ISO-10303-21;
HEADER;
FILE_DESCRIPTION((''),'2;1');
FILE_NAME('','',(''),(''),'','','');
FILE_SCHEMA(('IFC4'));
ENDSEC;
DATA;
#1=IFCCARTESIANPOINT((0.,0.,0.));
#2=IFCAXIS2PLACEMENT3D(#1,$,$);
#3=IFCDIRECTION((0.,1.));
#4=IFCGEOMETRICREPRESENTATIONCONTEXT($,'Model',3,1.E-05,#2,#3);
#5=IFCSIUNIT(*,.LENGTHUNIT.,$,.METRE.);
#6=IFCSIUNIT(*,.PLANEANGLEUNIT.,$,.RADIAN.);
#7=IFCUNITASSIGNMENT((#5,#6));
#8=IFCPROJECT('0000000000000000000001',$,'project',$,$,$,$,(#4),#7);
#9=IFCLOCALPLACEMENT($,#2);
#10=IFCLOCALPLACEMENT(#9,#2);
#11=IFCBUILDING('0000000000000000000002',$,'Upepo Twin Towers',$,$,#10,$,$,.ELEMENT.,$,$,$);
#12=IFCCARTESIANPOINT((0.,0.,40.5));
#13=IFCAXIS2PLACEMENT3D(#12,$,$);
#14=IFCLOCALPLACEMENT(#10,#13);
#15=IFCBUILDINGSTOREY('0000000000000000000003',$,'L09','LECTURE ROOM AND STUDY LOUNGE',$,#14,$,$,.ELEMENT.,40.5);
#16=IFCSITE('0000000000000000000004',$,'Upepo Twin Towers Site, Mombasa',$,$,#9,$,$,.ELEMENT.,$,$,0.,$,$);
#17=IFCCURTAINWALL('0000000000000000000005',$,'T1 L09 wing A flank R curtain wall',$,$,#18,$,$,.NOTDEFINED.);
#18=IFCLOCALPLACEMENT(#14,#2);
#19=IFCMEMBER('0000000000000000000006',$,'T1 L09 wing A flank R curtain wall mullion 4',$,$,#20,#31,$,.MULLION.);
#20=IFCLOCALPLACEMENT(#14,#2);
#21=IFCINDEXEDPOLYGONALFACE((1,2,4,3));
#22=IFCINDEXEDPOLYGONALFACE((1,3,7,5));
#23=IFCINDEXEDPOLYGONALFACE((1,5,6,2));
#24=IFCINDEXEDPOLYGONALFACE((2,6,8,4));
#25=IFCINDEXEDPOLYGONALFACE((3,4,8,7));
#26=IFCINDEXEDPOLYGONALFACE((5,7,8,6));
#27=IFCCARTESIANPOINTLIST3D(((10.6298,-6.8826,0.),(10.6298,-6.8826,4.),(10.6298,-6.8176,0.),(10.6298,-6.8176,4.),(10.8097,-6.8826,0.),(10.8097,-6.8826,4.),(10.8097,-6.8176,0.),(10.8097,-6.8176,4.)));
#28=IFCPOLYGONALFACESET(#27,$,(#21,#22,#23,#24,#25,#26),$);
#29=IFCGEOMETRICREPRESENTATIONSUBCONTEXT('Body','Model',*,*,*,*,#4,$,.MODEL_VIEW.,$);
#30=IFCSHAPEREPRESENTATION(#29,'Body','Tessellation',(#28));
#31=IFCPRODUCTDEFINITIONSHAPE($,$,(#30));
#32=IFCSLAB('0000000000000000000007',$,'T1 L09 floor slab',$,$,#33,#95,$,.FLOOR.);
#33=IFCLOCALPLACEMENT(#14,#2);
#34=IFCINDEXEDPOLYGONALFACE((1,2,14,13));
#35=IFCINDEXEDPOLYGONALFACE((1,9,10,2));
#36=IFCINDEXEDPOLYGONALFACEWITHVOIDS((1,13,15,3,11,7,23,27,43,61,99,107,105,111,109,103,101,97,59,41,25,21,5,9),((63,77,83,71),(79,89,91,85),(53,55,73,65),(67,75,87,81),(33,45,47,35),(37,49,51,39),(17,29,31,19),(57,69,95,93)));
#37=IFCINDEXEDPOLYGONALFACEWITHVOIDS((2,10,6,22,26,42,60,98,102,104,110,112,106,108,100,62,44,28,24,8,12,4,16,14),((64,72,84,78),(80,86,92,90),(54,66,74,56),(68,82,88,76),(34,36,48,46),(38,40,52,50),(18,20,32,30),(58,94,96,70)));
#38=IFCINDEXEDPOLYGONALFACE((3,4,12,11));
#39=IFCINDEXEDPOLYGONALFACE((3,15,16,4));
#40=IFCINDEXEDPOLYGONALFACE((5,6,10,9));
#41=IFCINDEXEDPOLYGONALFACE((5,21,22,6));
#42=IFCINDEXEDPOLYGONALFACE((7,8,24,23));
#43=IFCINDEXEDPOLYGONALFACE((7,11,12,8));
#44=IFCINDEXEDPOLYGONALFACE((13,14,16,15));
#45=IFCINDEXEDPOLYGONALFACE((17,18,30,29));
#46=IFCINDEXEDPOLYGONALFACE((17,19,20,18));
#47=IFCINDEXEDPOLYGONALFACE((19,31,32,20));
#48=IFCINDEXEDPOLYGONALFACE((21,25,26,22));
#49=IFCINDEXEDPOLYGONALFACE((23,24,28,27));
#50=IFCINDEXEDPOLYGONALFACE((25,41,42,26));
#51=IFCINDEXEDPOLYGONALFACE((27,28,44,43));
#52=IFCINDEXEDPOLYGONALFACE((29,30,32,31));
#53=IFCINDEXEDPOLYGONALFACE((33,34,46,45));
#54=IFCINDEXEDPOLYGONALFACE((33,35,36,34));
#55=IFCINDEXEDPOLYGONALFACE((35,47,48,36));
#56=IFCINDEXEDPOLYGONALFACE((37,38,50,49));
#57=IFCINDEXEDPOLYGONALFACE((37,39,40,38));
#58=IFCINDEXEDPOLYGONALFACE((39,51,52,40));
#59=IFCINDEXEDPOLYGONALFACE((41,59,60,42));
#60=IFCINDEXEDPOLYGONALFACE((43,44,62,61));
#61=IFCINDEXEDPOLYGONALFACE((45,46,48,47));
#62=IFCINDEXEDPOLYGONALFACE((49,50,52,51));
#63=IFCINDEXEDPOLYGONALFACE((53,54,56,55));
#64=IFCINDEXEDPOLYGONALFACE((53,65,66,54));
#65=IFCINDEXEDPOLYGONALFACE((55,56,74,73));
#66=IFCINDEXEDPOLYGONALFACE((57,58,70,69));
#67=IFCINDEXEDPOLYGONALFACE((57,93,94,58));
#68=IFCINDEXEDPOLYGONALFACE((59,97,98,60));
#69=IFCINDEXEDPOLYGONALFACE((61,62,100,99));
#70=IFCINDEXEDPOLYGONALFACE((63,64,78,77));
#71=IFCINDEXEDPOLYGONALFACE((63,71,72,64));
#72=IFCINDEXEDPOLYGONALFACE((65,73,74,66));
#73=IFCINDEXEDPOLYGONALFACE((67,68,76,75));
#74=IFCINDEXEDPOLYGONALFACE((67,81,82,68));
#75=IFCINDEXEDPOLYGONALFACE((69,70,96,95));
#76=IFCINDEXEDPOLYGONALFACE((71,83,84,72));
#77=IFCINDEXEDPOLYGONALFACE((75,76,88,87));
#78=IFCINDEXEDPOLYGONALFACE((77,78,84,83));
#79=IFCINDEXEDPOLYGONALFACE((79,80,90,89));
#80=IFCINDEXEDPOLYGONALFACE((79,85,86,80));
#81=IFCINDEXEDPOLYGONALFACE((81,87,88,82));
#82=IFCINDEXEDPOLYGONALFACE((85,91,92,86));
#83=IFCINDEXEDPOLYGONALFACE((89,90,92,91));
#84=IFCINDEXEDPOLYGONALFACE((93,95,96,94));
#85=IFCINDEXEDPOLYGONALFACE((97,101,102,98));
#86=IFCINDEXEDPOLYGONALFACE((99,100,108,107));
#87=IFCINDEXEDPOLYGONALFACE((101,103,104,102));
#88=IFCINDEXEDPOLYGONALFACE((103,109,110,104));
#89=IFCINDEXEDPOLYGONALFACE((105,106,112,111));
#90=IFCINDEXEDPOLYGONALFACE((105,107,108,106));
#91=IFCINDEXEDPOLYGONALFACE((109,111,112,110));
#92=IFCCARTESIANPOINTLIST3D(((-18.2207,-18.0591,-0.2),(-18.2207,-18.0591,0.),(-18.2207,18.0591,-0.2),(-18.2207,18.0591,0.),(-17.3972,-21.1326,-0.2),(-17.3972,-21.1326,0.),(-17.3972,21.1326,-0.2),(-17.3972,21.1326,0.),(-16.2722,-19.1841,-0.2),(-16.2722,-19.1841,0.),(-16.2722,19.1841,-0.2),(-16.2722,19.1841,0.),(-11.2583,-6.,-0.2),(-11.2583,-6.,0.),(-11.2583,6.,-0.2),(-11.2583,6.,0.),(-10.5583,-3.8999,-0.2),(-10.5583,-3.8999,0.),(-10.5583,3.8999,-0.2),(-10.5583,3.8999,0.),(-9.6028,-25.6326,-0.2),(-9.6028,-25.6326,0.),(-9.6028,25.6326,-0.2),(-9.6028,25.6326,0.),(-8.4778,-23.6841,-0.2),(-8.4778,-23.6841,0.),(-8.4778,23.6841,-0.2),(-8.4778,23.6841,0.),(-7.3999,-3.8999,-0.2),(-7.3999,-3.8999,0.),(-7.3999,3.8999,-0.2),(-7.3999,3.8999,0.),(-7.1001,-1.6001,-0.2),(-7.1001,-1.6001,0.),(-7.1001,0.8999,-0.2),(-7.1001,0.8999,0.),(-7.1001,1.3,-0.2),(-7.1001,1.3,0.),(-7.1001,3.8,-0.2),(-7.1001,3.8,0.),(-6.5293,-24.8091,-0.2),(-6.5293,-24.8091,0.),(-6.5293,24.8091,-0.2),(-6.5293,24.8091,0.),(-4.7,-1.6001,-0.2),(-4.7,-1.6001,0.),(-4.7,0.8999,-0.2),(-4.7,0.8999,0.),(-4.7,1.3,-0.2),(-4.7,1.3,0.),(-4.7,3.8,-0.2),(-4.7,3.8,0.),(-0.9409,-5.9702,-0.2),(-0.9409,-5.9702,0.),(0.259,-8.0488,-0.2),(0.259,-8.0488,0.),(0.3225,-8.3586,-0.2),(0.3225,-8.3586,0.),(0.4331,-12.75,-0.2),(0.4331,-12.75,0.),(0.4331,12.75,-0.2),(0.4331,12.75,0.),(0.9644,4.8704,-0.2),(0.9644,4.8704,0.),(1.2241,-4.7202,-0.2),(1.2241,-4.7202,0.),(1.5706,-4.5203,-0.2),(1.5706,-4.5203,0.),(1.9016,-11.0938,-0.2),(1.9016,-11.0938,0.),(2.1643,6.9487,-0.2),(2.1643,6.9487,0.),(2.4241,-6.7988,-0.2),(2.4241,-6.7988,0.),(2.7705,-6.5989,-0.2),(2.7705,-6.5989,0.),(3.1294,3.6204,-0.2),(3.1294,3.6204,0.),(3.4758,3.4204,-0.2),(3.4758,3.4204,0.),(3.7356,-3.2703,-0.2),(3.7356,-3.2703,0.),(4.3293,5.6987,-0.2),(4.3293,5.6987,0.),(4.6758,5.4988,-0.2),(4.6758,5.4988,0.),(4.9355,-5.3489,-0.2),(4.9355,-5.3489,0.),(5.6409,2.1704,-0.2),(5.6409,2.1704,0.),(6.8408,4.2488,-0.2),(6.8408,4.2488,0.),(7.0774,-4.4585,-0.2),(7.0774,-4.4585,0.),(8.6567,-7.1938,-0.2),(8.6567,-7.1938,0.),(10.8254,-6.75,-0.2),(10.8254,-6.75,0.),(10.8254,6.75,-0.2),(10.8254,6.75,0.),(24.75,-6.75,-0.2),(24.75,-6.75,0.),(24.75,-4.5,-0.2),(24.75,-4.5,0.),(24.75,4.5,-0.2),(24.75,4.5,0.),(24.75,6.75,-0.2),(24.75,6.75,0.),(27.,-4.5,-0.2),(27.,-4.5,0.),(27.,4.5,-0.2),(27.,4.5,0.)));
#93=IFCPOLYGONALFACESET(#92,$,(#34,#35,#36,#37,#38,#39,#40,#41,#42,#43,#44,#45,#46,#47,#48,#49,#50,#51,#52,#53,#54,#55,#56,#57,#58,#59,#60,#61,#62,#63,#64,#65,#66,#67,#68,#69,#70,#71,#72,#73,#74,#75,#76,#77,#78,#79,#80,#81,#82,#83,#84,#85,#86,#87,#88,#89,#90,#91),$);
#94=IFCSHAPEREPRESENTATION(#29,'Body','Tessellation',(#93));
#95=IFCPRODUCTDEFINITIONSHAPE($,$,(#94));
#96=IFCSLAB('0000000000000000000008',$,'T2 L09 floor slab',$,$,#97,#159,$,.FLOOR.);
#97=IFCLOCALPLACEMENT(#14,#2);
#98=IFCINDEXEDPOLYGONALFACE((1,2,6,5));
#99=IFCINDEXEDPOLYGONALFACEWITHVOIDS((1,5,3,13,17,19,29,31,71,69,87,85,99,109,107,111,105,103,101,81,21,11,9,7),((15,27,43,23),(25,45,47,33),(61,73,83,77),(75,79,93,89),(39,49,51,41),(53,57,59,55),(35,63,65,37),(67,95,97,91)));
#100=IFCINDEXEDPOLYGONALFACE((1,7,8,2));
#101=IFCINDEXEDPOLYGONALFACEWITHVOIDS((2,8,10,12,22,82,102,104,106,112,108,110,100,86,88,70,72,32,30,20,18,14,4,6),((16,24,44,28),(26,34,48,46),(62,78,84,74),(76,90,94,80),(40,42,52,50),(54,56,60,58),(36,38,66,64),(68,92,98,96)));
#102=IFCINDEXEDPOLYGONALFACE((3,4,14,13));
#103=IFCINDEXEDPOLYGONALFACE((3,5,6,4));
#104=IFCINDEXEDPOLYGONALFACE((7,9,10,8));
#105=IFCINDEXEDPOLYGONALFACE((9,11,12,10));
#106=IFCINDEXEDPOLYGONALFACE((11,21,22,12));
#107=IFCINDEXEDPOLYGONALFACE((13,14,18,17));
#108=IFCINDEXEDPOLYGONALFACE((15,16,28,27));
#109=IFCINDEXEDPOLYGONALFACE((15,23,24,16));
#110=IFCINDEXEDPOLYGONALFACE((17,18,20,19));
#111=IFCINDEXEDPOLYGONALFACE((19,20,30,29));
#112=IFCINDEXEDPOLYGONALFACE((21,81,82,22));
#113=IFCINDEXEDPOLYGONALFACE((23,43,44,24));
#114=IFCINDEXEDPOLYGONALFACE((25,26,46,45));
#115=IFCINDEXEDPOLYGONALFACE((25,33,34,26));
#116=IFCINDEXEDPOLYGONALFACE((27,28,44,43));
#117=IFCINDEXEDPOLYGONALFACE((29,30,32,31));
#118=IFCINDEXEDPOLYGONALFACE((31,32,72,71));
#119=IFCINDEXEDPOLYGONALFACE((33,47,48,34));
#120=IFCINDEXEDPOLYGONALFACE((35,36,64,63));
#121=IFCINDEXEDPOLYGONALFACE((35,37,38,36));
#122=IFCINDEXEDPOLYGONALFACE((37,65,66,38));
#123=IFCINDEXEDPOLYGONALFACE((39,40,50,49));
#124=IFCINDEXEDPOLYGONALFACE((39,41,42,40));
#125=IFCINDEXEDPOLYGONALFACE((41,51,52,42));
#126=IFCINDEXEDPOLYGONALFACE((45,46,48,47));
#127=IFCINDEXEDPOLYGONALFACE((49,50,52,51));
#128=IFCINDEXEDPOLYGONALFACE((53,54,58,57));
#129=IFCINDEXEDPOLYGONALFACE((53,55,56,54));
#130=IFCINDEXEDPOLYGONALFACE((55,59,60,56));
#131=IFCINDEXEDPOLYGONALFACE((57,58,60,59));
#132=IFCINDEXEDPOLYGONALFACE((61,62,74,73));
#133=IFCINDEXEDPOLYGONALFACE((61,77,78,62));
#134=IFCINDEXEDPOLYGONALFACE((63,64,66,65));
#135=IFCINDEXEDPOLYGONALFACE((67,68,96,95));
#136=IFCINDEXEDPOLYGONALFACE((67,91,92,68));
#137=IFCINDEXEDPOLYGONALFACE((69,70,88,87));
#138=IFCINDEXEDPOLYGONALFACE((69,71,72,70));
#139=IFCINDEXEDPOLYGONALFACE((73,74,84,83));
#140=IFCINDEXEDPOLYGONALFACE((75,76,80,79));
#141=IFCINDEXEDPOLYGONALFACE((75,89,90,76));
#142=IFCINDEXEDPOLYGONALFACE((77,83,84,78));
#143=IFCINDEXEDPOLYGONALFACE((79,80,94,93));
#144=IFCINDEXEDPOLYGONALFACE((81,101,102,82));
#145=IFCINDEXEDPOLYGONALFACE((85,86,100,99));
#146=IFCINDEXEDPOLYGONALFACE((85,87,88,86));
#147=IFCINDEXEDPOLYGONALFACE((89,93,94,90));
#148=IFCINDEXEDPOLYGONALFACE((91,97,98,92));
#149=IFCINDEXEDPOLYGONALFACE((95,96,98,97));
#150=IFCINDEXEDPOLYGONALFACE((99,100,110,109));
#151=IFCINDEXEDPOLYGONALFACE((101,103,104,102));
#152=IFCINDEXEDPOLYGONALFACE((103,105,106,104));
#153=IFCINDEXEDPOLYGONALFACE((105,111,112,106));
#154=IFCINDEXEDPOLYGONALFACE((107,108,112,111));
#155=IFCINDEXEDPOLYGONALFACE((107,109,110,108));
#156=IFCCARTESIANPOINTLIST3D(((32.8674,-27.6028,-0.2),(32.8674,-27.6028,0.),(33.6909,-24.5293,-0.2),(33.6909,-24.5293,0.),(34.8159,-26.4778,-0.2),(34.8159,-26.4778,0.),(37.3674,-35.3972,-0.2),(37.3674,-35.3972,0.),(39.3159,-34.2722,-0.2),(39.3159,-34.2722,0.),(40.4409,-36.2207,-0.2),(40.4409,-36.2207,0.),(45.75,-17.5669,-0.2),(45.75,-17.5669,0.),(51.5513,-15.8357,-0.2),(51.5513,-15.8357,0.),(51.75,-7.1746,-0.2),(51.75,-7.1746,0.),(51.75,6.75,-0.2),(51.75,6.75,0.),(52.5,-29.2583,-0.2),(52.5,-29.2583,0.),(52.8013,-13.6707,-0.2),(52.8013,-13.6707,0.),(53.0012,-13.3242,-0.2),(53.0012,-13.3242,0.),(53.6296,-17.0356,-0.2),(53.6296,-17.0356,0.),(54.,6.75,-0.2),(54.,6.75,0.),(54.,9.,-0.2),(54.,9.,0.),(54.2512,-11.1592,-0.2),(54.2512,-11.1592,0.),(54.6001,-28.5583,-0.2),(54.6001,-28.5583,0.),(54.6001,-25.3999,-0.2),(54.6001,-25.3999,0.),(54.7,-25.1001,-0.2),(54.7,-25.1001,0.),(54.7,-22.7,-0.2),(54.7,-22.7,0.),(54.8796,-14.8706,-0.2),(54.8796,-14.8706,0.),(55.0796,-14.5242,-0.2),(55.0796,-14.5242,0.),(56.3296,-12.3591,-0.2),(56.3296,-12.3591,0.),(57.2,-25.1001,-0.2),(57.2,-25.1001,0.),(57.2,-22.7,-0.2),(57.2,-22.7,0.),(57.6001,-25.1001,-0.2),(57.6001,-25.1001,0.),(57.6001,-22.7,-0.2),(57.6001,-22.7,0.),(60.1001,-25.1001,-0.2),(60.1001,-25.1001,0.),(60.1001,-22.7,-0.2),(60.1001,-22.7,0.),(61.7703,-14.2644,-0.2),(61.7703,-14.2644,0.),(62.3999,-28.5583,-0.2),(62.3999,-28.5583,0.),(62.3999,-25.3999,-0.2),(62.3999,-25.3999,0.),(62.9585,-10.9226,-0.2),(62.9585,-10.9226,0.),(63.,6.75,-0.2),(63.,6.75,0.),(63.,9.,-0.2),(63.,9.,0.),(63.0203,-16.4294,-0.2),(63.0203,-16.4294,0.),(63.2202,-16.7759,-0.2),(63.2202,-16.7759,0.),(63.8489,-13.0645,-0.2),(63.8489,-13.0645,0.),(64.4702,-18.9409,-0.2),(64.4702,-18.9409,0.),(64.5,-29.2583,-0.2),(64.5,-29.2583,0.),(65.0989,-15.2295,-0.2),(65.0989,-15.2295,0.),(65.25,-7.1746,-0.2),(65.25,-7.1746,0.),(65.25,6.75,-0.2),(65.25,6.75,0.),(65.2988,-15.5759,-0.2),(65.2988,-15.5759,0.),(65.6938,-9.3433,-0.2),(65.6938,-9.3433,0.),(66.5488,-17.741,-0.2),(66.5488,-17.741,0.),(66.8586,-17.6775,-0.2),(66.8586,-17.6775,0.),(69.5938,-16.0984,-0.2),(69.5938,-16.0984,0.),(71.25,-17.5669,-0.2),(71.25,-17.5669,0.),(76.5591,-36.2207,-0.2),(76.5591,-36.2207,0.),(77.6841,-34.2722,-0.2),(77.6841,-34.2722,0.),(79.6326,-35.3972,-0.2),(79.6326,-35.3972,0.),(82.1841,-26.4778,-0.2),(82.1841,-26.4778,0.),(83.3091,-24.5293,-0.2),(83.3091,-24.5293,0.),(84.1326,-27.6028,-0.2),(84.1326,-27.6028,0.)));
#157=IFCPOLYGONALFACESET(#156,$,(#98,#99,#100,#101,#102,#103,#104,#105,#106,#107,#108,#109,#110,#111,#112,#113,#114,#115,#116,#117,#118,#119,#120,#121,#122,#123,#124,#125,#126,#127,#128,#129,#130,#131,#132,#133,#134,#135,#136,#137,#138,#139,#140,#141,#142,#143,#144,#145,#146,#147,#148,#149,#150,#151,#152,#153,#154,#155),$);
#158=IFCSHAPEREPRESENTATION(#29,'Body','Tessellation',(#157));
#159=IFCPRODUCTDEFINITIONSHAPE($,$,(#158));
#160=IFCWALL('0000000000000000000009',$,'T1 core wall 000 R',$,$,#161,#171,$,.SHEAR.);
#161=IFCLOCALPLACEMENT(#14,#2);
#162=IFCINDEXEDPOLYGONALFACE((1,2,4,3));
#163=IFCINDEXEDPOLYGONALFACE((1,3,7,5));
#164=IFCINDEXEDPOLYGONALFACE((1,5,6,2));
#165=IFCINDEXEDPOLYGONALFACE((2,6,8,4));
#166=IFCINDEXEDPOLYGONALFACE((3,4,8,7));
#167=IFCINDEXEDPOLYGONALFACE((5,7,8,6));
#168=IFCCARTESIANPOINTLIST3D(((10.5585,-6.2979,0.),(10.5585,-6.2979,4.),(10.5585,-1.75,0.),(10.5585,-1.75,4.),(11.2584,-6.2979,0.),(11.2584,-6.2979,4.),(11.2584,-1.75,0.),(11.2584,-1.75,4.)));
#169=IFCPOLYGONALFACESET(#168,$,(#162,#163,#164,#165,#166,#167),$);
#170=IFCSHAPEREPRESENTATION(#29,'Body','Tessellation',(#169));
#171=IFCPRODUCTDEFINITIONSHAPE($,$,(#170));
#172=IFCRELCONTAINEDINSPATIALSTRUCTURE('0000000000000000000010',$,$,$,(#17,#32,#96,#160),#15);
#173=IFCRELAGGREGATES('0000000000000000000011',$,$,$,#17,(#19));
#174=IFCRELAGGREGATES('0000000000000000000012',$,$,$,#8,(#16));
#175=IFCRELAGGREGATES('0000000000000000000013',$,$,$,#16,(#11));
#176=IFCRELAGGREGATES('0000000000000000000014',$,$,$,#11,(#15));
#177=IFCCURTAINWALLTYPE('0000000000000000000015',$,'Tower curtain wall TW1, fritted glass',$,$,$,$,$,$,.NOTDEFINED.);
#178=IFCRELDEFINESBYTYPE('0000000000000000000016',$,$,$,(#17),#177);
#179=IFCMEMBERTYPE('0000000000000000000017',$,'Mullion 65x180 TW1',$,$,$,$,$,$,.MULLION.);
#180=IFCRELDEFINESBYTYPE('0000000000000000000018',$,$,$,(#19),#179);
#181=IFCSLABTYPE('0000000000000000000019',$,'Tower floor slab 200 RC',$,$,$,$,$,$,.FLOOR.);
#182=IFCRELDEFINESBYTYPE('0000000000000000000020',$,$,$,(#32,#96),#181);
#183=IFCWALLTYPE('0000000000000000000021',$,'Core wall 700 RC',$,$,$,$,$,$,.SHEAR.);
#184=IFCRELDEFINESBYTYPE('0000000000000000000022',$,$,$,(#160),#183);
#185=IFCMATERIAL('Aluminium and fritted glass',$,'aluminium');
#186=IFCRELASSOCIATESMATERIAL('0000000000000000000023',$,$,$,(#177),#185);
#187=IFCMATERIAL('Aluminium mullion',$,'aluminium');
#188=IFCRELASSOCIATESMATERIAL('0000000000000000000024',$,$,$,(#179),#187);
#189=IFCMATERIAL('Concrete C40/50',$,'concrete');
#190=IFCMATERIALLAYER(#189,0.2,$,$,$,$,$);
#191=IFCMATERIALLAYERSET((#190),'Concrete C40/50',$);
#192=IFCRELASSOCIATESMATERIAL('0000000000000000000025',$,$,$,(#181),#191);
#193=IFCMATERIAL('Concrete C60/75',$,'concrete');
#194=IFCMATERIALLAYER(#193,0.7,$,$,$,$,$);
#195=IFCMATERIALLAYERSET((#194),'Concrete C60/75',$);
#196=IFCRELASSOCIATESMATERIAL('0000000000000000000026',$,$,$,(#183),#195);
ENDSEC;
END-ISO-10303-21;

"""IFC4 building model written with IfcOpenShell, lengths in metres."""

from ifc_helpers import new_model, si_unit, direction, frame, frame_2d, origin, origin_2d, place, context, subcontext, project, spatial, polyline, rectangle, outline, extrude, material, layer, layer_set, material_profile, profile_set, type_object, element, aggregate, save


model = new_model("IFC4")

# Units and contexts
model_context = context("Model", 3, precision=1e-05, world=origin(), true_north=direction((0.0, 1.0)))
body_context = subcontext(model_context, "Body", "Model", "MODEL_VIEW")
ifc_project = project(units=[si_unit("LENGTHUNIT", "METRE"), si_unit("PLANEANGLEUNIT", "RADIAN")], contexts=[model_context])

# Site, building, storey
site_placement = place(None, origin())
site = spatial("IfcSite", under=ifc_project, at=site_placement, Name="Upepo Twin Towers Site, Mombasa", CompositionType="ELEMENT", RefElevation=0.0)
building_placement = place(site_placement, origin())
building = spatial("IfcBuilding", under=site, at=building_placement, Name="Upepo Twin Towers", CompositionType="ELEMENT")
storey_placement = place(building_placement, frame((0.0, 0.0, 40.5)))
storey = spatial("IfcBuildingStorey", under=building, at=storey_placement, Name="L09", Description="LECTURE ROOM AND STUDY LOUNGE", CompositionType="ELEMENT", Elevation=40.5)

# Curtain wall, member
ifc_material_1 = material(Name="Aluminium and fritted glass", Category="aluminium")
curtain_wall_type = type_object("IfcCurtainWallType", Name="Tower curtain wall TW1, fritted glass", PredefinedType="NOTDEFINED", material=ifc_material_1)
curtain_wall_placement = place(storey_placement, origin())
curtain_wall = element("IfcCurtainWall", 1, at=curtain_wall_placement, inside=storey, type_object=curtain_wall_type, Name="T1 L09 wing A flank R curtain wall", PredefinedType="NOTDEFINED")
ifc_material_2 = material(Name="Aluminium mullion", Category="aluminium")
ifc_material_profile = material_profile(ifc_material_2, rectangle(XDim=0.0649, YDim=0.1799, at=origin_2d()), Name="MULLION 65x180")
ifc_profile_set = profile_set([ifc_material_profile], Name="Aluminium mullion")
member_type = type_object("IfcMemberType", Name="Mullion 65x180 TW1", PredefinedType="MULLION", material=ifc_profile_set)
member_placement = place(storey_placement, frame((10.7197, -6.8501, 0.0), z_axis=(0.0, 0.0, 1.0), x_axis=(0.0, -1.0, 0.0)))
member = element("IfcMember", 2, at=member_placement, type_object=member_type, Name="T1 L09 wing A flank R curtain wall mullion 4", PredefinedType="MULLION", context=body_context, shape_type="SweptSolid", body=[
    extrude(rectangle(XDim=0.0649, YDim=0.1799, at=origin_2d()), origin(), (0.0, 0.0, 1.0), 4.0),
])
aggregate(curtain_wall, [member])

# Slabs
ifc_material_3 = material(Name="Concrete C40/50", Category="concrete")
ifc_layer_1 = layer(ifc_material_3, 0.2)
ifc_layer_set_1 = layer_set([ifc_layer_1], Name="Concrete C40/50")
slab_type = type_object("IfcSlabType", Name="Tower floor slab 200 RC", PredefinedType="FLOOR", material=ifc_layer_set_1)
slab_1_placement = place(storey_placement, frame((0.0, 0.0, -0.2)))
element("IfcSlab", 3, at=slab_1_placement, inside=storey, type_object=slab_type, Name="T1 L09 floor slab", PredefinedType="FLOOR", context=body_context, shape_type="SweptSolid", body=[
    extrude(outline(polyline([(-8.4778, -23.6841), (-9.6028, -25.6326), (-17.3972, -21.1326), (-16.2722, -19.1841), (-18.2207, -18.0591), (-11.2583, -6.0), (-11.2583, 6.0), (-18.2207, 18.0591), (-16.2722, 19.1841), (-17.3972, 21.1326), (-9.6028, 25.6326), (-8.4778, 23.6841), (-6.5293, 24.8091), (0.4331, 12.75), (10.8254, 6.75), (24.75, 6.75), (24.75, 4.5), (27.0, 4.5), (27.0, -4.5), (24.75, -4.5), (24.75, -6.75), (10.8254, -6.75), (0.4331, -12.75), (-6.5293, -24.8091), (-8.4778, -23.6841)]), holes=[polyline([(5.6409, 2.1704), (6.8408, 4.2488), (4.6758, 5.4988), (3.4758, 3.4204), (5.6409, 2.1704)]), polyline([(3.1294, 3.6204), (4.3293, 5.6987), (2.1643, 6.9487), (0.9644, 4.8704), (3.1294, 3.6204)]), polyline([(-4.7, 3.8), (-7.1001, 3.8), (-7.1001, 1.3), (-4.7, 1.3), (-4.7, 3.8)]), polyline([(-4.7, 0.8999), (-7.1001, 0.8999), (-7.1001, -1.6001), (-4.7, -1.6001), (-4.7, 0.8999)]), polyline([(-7.3999, 3.8999), (-10.5583, 3.8999), (-10.5583, -3.8999), (-7.3999, -3.8999), (-7.3999, 3.8999)]), polyline([(-0.9409, -5.9702), (0.259, -8.0488), (2.4241, -6.7988), (1.2241, -4.7202), (-0.9409, -5.9702)]), polyline([(1.5706, -4.5203), (2.7705, -6.5989), (4.9355, -5.3489), (3.7356, -3.2703), (1.5706, -4.5203)]), polyline([(0.3225, -8.3586), (1.9016, -11.0938), (8.6567, -7.1938), (7.0774, -4.4585), (0.3225, -8.3586)])]), origin(), (0.0, 0.0, 1.0), 0.2),
])
slab_2_placement = place(storey_placement, frame((0.0, 0.0, -0.2)))
element("IfcSlab", 4, at=slab_2_placement, inside=storey, type_object=slab_type, Name="T2 L09 floor slab", PredefinedType="FLOOR", context=body_context, shape_type="SweptSolid", body=[
    extrude(outline(polyline([(82.1841, -26.4778), (84.1326, -27.6028), (79.6326, -35.3972), (77.6841, -34.2722), (76.5591, -36.2207), (64.5, -29.2583), (52.5, -29.2583), (40.4409, -36.2207), (39.3159, -34.2722), (37.3674, -35.3972), (32.8674, -27.6028), (34.8159, -26.4778), (33.6909, -24.5293), (45.75, -17.5669), (51.75, -7.1746), (51.75, 6.75), (54.0, 6.75), (54.0, 9.0), (63.0, 9.0), (63.0, 6.75), (65.25, 6.75), (65.25, -7.1746), (71.25, -17.5669), (83.3091, -24.5293), (82.1841, -26.4778)]), holes=[polyline([(56.3296, -12.3591), (54.2512, -11.1592), (53.0012, -13.3242), (55.0796, -14.5242), (56.3296, -12.3591)]), polyline([(54.8796, -14.8706), (52.8013, -13.6707), (51.5513, -15.8357), (53.6296, -17.0356), (54.8796, -14.8706)]), polyline([(54.7, -22.7), (54.7, -25.1001), (57.2, -25.1001), (57.2, -22.7), (54.7, -22.7)]), polyline([(57.6001, -22.7), (57.6001, -25.1001), (60.1001, -25.1001), (60.1001, -22.7), (57.6001, -22.7)]), polyline([(54.6001, -25.3999), (54.6001, -28.5583), (62.3999, -28.5583), (62.3999, -25.3999), (54.6001, -25.3999)]), polyline([(64.4702, -18.9409), (66.5488, -17.741), (65.2988, -15.5759), (63.2202, -16.7759), (64.4702, -18.9409)]), polyline([(63.0203, -16.4294), (65.0989, -15.2295), (63.8489, -13.0645), (61.7703, -14.2644), (63.0203, -16.4294)]), polyline([(66.8586, -17.6775), (69.5938, -16.0984), (65.6938, -9.3433), (62.9585, -10.9226), (66.8586, -17.6775)])]), origin(), (0.0, 0.0, 1.0), 0.2),
])

# Wall
ifc_material_4 = material(Name="Concrete C60/75", Category="concrete")
ifc_layer_2 = layer(ifc_material_4, 0.7)
ifc_layer_set_2 = layer_set([ifc_layer_2], Name="Concrete C60/75")
wall_type_1 = type_object("IfcWallType", Name="Core wall 700 RC", PredefinedType="SHEAR", material=ifc_layer_set_2)
wall_1_placement = place(storey_placement, frame((10.9084, -6.2979, 0.0), z_axis=(0.0, 0.0, 1.0), x_axis=(0.0, 1.0, 0.0)))
element("IfcWall", 5, at=wall_1_placement, inside=storey, type_object=wall_type_1, Name="T1 core wall 000 R", PredefinedType="SHEAR", context=body_context, shape_type="SweptSolid", body=[
    extrude(rectangle(XDim=4.5479, YDim=0.7, at=frame_2d((2.2739, 0.0))), origin(), (0.0, 0.0, 1.0), 4.0),
])

save(model, "model.ifc")
